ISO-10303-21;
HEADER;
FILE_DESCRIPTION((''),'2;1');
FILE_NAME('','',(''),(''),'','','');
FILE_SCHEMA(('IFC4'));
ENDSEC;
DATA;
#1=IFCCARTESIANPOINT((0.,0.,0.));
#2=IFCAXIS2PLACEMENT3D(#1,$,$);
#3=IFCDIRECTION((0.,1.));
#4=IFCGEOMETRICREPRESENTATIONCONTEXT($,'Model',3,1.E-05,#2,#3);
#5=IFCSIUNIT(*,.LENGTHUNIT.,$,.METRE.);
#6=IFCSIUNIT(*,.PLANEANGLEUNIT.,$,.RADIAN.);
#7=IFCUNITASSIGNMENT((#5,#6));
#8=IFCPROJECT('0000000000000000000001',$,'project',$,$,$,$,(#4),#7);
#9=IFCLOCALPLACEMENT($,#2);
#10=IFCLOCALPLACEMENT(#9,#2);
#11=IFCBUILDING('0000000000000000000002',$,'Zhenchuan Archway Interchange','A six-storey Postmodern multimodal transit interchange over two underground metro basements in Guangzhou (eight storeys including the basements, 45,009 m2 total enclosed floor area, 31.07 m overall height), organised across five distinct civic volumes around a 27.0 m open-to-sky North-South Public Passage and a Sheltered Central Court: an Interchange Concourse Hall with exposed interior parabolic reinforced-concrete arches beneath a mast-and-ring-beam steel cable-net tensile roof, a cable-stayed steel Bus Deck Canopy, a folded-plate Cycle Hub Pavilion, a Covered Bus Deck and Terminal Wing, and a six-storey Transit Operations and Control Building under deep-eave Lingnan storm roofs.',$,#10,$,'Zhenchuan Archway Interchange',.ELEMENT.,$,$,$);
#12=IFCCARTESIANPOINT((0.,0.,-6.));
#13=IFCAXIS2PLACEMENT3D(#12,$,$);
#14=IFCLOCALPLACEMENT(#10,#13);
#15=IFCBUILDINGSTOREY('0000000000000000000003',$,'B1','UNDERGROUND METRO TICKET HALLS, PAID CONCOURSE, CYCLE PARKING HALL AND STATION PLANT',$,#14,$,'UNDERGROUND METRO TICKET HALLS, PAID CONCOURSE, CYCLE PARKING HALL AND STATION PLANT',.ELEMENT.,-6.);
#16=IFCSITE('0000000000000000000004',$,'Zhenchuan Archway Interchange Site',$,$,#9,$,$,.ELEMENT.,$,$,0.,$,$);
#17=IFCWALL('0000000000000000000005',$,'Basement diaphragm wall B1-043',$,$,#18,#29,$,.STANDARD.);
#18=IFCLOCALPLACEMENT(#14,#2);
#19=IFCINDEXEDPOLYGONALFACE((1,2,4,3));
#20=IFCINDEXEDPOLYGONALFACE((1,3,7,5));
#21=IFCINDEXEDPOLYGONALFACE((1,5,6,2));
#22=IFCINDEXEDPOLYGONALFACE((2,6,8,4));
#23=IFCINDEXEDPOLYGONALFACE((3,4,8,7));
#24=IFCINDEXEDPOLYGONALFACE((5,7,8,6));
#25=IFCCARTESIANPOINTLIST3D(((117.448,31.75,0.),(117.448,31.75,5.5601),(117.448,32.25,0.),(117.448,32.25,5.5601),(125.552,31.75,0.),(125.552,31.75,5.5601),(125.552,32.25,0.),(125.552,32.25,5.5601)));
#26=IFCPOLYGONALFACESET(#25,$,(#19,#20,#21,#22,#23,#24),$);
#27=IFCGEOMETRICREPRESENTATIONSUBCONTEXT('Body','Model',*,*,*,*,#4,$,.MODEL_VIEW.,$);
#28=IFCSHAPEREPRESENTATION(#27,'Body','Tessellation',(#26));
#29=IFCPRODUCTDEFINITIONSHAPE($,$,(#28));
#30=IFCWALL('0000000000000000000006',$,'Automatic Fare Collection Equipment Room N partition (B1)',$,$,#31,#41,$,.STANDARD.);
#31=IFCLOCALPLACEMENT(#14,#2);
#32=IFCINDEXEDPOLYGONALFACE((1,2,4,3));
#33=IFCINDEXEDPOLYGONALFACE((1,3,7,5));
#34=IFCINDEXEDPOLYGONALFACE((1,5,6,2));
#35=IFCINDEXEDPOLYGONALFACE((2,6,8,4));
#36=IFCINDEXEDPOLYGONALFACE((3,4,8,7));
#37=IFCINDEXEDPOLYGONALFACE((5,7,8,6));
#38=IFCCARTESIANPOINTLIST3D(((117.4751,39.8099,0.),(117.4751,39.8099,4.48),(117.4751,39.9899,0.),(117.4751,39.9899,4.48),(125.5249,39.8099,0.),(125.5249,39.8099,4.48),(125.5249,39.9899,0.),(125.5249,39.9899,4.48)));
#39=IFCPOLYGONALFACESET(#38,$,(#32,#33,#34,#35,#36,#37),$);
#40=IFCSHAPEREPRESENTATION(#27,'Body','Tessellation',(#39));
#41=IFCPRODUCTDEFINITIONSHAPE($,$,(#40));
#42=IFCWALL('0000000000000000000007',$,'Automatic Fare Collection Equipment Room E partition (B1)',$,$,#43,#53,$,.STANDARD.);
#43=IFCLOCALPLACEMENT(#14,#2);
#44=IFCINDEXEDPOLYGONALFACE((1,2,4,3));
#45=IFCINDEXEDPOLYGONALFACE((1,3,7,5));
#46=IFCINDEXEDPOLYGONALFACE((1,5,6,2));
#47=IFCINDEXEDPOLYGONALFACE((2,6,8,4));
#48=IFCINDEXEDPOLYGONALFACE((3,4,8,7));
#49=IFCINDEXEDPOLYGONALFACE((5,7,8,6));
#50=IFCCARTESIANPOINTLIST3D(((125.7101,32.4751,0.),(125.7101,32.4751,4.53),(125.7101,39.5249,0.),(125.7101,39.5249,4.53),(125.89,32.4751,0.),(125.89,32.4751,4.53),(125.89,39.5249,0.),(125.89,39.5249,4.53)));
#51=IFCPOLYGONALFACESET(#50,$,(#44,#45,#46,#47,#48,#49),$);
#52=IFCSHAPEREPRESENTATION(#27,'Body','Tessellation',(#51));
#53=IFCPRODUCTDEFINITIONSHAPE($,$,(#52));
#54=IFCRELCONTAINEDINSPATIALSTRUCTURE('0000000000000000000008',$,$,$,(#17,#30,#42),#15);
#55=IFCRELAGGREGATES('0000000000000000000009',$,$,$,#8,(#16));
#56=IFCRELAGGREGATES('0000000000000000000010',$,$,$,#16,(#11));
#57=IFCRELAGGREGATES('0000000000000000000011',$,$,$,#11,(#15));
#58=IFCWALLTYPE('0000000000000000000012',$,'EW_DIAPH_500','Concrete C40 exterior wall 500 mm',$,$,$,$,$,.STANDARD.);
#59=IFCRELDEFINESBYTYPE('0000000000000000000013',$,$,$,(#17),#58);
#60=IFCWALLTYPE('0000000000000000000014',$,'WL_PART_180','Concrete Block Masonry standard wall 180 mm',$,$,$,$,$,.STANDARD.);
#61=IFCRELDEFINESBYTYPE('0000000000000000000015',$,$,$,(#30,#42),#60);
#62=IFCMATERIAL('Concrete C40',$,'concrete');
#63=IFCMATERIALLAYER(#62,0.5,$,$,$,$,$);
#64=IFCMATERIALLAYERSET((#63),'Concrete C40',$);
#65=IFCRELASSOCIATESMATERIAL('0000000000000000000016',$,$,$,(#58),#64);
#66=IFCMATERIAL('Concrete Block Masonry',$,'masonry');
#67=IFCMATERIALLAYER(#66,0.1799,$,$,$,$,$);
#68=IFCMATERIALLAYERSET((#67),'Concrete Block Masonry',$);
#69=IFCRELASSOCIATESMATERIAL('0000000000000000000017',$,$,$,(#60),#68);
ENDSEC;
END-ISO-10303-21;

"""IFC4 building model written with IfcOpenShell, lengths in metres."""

from ifc_helpers import new_model, si_unit, direction, frame, frame_2d, origin, place, context, subcontext, project, spatial, rectangle, extrude, material, layer, layer_set, type_object, element, save


model = new_model("IFC4")

# Units and contexts
model_context = context("Model", 3, precision=1e-05, world=origin(), true_north=direction((0.0, 1.0)))
body_context = subcontext(model_context, "Body", "Model", "MODEL_VIEW")
ifc_project = project(units=[si_unit("LENGTHUNIT", "METRE"), si_unit("PLANEANGLEUNIT", "RADIAN")], contexts=[model_context])

# Site, building, storey
site_placement = place(None, origin())
site = spatial("IfcSite", under=ifc_project, at=site_placement, Name="Zhenchuan Archway Interchange Site", CompositionType="ELEMENT", RefElevation=0.0)
building_placement = place(site_placement, origin())
building = spatial("IfcBuilding", under=site, at=building_placement, Name="Zhenchuan Archway Interchange", Description="A six-storey Postmodern multimodal transit interchange over two underground metro basements in Guangzhou (eight storeys including the basements, 45,009 m2 total enclosed floor area, 31.07 m overall height), organised across five distinct civic volumes around a 27.0 m open-to-sky North-South Public Passage and a Sheltered Central Court: an Interchange Concourse Hall with exposed interior parabolic reinforced-concrete arches beneath a mast-and-ring-beam steel cable-net tensile roof, a cable-stayed steel Bus Deck Canopy, a folded-plate Cycle Hub Pavilion, a Covered Bus Deck and Terminal Wing, and a six-storey Transit Operations and Control Building under deep-eave Lingnan storm roofs.", LongName="Zhenchuan Archway Interchange", CompositionType="ELEMENT")
storey_placement = place(building_placement, frame((0.0, 0.0, -6.0)))
storey = spatial("IfcBuildingStorey", under=building, at=storey_placement, Name="B1", Description="UNDERGROUND METRO TICKET HALLS, PAID CONCOURSE, CYCLE PARKING HALL AND STATION PLANT", LongName="UNDERGROUND METRO TICKET HALLS, PAID CONCOURSE, CYCLE PARKING HALL AND STATION PLANT", CompositionType="ELEMENT", Elevation=-6.0)

# Shared definitions
ifc_material_1 = material(Name="Concrete C40", Category="concrete")

# Walls
ifc_layer_1 = layer(ifc_material_1, 0.5)
ifc_layer_set_1 = layer_set([ifc_layer_1], Name="Concrete C40")
wall_type_1 = type_object("IfcWallType", Name="EW_DIAPH_500", Description="Concrete C40 exterior wall 500 mm", PredefinedType="STANDARD", material=ifc_layer_set_1)
wall_1_placement = place(storey_placement, frame((125.552, 32.0, 0.0), z_axis=(0.0, 0.0, 1.0), x_axis=(-1.0, 0.0, 0.0)))
element("IfcWall", 1, at=wall_1_placement, inside=storey, type_object=wall_type_1, Name="Basement diaphragm wall B1-043", PredefinedType="STANDARD", context=body_context, shape_type="SweptSolid", body=[
    extrude(rectangle(XDim=8.104, YDim=0.5, at=frame_2d((4.052, 0.0))), origin(), (0.0, 0.0, 1.0), 5.5601),
])
ifc_material_2 = material(Name="Concrete Block Masonry", Category="masonry")
ifc_layer_2 = layer(ifc_material_2, 0.1799)
ifc_layer_set_2 = layer_set([ifc_layer_2], Name="Concrete Block Masonry")
wall_type_2 = type_object("IfcWallType", Name="WL_PART_180", Description="Concrete Block Masonry standard wall 180 mm", PredefinedType="STANDARD", material=ifc_layer_set_2)
wall_2_placement = place(storey_placement, frame((117.4751, 39.8999, 0.0), z_axis=(0.0, 0.0, 1.0), x_axis=(1.0, 0.0, 0.0)))
element("IfcWall", 2, at=wall_2_placement, inside=storey, type_object=wall_type_2, Name="Automatic Fare Collection Equipment Room N partition (B1)", PredefinedType="STANDARD", context=body_context, shape_type="SweptSolid", body=[
    extrude(rectangle(XDim=8.0498, YDim=0.1799, at=frame_2d((4.0249, 0.0))), origin(), (0.0, 0.0, 1.0), 4.48),
])
wall_3_placement = place(storey_placement, frame((125.8, 32.4751, 0.0), z_axis=(0.0, 0.0, 1.0), x_axis=(0.0, 1.0, 0.0)))
element("IfcWall", 3, at=wall_3_placement, inside=storey, type_object=wall_type_2, Name="Automatic Fare Collection Equipment Room E partition (B1)", PredefinedType="STANDARD", context=body_context, shape_type="SweptSolid", body=[
    extrude(rectangle(XDim=7.0498, YDim=0.1799, at=frame_2d((3.5249, 0.0))), origin(), (0.0, 0.0, 1.0), 4.53),
])

save(model, "model.ifc")
